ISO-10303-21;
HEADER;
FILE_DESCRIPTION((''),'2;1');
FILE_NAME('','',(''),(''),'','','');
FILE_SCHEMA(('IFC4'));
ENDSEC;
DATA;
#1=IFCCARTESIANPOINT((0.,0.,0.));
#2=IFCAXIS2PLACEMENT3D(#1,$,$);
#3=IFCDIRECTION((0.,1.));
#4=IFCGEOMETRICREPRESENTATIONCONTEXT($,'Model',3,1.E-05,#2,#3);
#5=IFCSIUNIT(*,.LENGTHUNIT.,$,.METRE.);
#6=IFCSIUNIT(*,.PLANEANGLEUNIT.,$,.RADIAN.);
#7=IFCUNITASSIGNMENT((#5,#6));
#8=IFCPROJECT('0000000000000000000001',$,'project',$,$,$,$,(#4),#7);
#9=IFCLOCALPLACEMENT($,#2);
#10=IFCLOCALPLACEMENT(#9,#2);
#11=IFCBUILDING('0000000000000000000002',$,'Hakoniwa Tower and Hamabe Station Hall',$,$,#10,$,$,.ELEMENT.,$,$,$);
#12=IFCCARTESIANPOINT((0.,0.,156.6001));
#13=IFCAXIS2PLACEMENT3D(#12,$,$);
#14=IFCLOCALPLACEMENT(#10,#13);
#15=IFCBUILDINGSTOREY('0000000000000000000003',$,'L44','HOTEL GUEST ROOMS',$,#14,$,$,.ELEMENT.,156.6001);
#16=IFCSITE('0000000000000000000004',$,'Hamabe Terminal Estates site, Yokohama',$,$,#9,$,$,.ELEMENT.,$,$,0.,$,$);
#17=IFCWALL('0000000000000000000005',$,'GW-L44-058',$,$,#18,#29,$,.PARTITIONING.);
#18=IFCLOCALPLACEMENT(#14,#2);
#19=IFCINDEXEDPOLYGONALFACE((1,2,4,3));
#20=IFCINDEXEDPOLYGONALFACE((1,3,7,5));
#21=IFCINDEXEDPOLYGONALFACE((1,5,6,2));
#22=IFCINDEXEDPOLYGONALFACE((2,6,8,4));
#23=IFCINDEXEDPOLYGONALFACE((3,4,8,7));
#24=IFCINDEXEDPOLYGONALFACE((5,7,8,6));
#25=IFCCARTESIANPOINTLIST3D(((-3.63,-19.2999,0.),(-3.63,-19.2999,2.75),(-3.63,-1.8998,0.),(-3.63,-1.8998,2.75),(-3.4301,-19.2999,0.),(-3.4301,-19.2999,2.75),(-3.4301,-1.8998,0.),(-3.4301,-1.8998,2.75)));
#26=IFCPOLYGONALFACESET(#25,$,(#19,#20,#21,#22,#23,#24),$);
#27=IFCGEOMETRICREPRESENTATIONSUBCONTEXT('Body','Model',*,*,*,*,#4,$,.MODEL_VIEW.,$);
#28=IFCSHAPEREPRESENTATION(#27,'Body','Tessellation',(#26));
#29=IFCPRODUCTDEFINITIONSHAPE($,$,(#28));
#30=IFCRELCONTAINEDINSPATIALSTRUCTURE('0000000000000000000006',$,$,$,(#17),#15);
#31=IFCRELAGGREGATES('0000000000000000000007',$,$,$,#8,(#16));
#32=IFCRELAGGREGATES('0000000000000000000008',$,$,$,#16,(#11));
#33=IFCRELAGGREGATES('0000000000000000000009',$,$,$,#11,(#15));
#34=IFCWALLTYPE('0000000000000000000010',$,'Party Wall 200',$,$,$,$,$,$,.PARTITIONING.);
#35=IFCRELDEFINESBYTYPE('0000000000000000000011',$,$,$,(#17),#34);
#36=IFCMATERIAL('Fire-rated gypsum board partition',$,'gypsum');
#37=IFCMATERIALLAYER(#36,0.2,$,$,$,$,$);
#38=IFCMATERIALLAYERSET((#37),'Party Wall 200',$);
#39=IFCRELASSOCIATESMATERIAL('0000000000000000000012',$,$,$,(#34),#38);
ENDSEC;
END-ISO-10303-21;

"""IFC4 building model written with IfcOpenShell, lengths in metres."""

from ifc_helpers import new_model, si_unit, direction, frame, frame_2d, origin, place, context, subcontext, project, spatial, rectangle, extrude, material, layer, layer_set, type_object, element, save


model = new_model("IFC4")

# Units and contexts
model_context = context("Model", 3, precision=1e-05, world=origin(), true_north=direction((0.0, 1.0)))
body_context = subcontext(model_context, "Body", "Model", "MODEL_VIEW")
ifc_project = project(units=[si_unit("LENGTHUNIT", "METRE"), si_unit("PLANEANGLEUNIT", "RADIAN")], contexts=[model_context])

# Site, building, storey
site_placement = place(None, origin())
site = spatial("IfcSite", under=ifc_project, at=site_placement, Name="Hamabe Terminal Estates site, Yokohama", CompositionType="ELEMENT", RefElevation=0.0)
building_placement = place(site_placement, origin())
building = spatial("IfcBuilding", under=site, at=building_placement, Name="Hakoniwa Tower and Hamabe Station Hall", CompositionType="ELEMENT")
storey_placement = place(building_placement, frame((0.0, 0.0, 156.6001)))
storey = spatial("IfcBuildingStorey", under=building, at=storey_placement, Name="L44", Description="HOTEL GUEST ROOMS", CompositionType="ELEMENT", Elevation=156.6001)

# Wall
ifc_material_1 = material(Name="Fire-rated gypsum board partition", Category="gypsum")
ifc_layer_1 = layer(ifc_material_1, 0.2)
ifc_layer_set_1 = layer_set([ifc_layer_1], Name="Party Wall 200")
wall_type_1 = type_object("IfcWallType", Name="Party Wall 200", PredefinedType="PARTITIONING", material=ifc_layer_set_1)
wall_1_placement = place(storey_placement, frame((-3.53, -19.3, 0.0), z_axis=(0.0, 0.0, 1.0), x_axis=(0.0, 1.0, 0.0)))
element("IfcWall", 1, at=wall_1_placement, inside=storey, type_object=wall_type_1, Name="GW-L44-058", PredefinedType="PARTITIONING", context=body_context, shape_type="SweptSolid", body=[
    extrude(rectangle(XDim=17.4001, YDim=0.2, at=frame_2d((8.7002, 0.0))), origin(), (0.0, 0.0, 1.0), 2.75),
])

save(model, "model.ifc")
